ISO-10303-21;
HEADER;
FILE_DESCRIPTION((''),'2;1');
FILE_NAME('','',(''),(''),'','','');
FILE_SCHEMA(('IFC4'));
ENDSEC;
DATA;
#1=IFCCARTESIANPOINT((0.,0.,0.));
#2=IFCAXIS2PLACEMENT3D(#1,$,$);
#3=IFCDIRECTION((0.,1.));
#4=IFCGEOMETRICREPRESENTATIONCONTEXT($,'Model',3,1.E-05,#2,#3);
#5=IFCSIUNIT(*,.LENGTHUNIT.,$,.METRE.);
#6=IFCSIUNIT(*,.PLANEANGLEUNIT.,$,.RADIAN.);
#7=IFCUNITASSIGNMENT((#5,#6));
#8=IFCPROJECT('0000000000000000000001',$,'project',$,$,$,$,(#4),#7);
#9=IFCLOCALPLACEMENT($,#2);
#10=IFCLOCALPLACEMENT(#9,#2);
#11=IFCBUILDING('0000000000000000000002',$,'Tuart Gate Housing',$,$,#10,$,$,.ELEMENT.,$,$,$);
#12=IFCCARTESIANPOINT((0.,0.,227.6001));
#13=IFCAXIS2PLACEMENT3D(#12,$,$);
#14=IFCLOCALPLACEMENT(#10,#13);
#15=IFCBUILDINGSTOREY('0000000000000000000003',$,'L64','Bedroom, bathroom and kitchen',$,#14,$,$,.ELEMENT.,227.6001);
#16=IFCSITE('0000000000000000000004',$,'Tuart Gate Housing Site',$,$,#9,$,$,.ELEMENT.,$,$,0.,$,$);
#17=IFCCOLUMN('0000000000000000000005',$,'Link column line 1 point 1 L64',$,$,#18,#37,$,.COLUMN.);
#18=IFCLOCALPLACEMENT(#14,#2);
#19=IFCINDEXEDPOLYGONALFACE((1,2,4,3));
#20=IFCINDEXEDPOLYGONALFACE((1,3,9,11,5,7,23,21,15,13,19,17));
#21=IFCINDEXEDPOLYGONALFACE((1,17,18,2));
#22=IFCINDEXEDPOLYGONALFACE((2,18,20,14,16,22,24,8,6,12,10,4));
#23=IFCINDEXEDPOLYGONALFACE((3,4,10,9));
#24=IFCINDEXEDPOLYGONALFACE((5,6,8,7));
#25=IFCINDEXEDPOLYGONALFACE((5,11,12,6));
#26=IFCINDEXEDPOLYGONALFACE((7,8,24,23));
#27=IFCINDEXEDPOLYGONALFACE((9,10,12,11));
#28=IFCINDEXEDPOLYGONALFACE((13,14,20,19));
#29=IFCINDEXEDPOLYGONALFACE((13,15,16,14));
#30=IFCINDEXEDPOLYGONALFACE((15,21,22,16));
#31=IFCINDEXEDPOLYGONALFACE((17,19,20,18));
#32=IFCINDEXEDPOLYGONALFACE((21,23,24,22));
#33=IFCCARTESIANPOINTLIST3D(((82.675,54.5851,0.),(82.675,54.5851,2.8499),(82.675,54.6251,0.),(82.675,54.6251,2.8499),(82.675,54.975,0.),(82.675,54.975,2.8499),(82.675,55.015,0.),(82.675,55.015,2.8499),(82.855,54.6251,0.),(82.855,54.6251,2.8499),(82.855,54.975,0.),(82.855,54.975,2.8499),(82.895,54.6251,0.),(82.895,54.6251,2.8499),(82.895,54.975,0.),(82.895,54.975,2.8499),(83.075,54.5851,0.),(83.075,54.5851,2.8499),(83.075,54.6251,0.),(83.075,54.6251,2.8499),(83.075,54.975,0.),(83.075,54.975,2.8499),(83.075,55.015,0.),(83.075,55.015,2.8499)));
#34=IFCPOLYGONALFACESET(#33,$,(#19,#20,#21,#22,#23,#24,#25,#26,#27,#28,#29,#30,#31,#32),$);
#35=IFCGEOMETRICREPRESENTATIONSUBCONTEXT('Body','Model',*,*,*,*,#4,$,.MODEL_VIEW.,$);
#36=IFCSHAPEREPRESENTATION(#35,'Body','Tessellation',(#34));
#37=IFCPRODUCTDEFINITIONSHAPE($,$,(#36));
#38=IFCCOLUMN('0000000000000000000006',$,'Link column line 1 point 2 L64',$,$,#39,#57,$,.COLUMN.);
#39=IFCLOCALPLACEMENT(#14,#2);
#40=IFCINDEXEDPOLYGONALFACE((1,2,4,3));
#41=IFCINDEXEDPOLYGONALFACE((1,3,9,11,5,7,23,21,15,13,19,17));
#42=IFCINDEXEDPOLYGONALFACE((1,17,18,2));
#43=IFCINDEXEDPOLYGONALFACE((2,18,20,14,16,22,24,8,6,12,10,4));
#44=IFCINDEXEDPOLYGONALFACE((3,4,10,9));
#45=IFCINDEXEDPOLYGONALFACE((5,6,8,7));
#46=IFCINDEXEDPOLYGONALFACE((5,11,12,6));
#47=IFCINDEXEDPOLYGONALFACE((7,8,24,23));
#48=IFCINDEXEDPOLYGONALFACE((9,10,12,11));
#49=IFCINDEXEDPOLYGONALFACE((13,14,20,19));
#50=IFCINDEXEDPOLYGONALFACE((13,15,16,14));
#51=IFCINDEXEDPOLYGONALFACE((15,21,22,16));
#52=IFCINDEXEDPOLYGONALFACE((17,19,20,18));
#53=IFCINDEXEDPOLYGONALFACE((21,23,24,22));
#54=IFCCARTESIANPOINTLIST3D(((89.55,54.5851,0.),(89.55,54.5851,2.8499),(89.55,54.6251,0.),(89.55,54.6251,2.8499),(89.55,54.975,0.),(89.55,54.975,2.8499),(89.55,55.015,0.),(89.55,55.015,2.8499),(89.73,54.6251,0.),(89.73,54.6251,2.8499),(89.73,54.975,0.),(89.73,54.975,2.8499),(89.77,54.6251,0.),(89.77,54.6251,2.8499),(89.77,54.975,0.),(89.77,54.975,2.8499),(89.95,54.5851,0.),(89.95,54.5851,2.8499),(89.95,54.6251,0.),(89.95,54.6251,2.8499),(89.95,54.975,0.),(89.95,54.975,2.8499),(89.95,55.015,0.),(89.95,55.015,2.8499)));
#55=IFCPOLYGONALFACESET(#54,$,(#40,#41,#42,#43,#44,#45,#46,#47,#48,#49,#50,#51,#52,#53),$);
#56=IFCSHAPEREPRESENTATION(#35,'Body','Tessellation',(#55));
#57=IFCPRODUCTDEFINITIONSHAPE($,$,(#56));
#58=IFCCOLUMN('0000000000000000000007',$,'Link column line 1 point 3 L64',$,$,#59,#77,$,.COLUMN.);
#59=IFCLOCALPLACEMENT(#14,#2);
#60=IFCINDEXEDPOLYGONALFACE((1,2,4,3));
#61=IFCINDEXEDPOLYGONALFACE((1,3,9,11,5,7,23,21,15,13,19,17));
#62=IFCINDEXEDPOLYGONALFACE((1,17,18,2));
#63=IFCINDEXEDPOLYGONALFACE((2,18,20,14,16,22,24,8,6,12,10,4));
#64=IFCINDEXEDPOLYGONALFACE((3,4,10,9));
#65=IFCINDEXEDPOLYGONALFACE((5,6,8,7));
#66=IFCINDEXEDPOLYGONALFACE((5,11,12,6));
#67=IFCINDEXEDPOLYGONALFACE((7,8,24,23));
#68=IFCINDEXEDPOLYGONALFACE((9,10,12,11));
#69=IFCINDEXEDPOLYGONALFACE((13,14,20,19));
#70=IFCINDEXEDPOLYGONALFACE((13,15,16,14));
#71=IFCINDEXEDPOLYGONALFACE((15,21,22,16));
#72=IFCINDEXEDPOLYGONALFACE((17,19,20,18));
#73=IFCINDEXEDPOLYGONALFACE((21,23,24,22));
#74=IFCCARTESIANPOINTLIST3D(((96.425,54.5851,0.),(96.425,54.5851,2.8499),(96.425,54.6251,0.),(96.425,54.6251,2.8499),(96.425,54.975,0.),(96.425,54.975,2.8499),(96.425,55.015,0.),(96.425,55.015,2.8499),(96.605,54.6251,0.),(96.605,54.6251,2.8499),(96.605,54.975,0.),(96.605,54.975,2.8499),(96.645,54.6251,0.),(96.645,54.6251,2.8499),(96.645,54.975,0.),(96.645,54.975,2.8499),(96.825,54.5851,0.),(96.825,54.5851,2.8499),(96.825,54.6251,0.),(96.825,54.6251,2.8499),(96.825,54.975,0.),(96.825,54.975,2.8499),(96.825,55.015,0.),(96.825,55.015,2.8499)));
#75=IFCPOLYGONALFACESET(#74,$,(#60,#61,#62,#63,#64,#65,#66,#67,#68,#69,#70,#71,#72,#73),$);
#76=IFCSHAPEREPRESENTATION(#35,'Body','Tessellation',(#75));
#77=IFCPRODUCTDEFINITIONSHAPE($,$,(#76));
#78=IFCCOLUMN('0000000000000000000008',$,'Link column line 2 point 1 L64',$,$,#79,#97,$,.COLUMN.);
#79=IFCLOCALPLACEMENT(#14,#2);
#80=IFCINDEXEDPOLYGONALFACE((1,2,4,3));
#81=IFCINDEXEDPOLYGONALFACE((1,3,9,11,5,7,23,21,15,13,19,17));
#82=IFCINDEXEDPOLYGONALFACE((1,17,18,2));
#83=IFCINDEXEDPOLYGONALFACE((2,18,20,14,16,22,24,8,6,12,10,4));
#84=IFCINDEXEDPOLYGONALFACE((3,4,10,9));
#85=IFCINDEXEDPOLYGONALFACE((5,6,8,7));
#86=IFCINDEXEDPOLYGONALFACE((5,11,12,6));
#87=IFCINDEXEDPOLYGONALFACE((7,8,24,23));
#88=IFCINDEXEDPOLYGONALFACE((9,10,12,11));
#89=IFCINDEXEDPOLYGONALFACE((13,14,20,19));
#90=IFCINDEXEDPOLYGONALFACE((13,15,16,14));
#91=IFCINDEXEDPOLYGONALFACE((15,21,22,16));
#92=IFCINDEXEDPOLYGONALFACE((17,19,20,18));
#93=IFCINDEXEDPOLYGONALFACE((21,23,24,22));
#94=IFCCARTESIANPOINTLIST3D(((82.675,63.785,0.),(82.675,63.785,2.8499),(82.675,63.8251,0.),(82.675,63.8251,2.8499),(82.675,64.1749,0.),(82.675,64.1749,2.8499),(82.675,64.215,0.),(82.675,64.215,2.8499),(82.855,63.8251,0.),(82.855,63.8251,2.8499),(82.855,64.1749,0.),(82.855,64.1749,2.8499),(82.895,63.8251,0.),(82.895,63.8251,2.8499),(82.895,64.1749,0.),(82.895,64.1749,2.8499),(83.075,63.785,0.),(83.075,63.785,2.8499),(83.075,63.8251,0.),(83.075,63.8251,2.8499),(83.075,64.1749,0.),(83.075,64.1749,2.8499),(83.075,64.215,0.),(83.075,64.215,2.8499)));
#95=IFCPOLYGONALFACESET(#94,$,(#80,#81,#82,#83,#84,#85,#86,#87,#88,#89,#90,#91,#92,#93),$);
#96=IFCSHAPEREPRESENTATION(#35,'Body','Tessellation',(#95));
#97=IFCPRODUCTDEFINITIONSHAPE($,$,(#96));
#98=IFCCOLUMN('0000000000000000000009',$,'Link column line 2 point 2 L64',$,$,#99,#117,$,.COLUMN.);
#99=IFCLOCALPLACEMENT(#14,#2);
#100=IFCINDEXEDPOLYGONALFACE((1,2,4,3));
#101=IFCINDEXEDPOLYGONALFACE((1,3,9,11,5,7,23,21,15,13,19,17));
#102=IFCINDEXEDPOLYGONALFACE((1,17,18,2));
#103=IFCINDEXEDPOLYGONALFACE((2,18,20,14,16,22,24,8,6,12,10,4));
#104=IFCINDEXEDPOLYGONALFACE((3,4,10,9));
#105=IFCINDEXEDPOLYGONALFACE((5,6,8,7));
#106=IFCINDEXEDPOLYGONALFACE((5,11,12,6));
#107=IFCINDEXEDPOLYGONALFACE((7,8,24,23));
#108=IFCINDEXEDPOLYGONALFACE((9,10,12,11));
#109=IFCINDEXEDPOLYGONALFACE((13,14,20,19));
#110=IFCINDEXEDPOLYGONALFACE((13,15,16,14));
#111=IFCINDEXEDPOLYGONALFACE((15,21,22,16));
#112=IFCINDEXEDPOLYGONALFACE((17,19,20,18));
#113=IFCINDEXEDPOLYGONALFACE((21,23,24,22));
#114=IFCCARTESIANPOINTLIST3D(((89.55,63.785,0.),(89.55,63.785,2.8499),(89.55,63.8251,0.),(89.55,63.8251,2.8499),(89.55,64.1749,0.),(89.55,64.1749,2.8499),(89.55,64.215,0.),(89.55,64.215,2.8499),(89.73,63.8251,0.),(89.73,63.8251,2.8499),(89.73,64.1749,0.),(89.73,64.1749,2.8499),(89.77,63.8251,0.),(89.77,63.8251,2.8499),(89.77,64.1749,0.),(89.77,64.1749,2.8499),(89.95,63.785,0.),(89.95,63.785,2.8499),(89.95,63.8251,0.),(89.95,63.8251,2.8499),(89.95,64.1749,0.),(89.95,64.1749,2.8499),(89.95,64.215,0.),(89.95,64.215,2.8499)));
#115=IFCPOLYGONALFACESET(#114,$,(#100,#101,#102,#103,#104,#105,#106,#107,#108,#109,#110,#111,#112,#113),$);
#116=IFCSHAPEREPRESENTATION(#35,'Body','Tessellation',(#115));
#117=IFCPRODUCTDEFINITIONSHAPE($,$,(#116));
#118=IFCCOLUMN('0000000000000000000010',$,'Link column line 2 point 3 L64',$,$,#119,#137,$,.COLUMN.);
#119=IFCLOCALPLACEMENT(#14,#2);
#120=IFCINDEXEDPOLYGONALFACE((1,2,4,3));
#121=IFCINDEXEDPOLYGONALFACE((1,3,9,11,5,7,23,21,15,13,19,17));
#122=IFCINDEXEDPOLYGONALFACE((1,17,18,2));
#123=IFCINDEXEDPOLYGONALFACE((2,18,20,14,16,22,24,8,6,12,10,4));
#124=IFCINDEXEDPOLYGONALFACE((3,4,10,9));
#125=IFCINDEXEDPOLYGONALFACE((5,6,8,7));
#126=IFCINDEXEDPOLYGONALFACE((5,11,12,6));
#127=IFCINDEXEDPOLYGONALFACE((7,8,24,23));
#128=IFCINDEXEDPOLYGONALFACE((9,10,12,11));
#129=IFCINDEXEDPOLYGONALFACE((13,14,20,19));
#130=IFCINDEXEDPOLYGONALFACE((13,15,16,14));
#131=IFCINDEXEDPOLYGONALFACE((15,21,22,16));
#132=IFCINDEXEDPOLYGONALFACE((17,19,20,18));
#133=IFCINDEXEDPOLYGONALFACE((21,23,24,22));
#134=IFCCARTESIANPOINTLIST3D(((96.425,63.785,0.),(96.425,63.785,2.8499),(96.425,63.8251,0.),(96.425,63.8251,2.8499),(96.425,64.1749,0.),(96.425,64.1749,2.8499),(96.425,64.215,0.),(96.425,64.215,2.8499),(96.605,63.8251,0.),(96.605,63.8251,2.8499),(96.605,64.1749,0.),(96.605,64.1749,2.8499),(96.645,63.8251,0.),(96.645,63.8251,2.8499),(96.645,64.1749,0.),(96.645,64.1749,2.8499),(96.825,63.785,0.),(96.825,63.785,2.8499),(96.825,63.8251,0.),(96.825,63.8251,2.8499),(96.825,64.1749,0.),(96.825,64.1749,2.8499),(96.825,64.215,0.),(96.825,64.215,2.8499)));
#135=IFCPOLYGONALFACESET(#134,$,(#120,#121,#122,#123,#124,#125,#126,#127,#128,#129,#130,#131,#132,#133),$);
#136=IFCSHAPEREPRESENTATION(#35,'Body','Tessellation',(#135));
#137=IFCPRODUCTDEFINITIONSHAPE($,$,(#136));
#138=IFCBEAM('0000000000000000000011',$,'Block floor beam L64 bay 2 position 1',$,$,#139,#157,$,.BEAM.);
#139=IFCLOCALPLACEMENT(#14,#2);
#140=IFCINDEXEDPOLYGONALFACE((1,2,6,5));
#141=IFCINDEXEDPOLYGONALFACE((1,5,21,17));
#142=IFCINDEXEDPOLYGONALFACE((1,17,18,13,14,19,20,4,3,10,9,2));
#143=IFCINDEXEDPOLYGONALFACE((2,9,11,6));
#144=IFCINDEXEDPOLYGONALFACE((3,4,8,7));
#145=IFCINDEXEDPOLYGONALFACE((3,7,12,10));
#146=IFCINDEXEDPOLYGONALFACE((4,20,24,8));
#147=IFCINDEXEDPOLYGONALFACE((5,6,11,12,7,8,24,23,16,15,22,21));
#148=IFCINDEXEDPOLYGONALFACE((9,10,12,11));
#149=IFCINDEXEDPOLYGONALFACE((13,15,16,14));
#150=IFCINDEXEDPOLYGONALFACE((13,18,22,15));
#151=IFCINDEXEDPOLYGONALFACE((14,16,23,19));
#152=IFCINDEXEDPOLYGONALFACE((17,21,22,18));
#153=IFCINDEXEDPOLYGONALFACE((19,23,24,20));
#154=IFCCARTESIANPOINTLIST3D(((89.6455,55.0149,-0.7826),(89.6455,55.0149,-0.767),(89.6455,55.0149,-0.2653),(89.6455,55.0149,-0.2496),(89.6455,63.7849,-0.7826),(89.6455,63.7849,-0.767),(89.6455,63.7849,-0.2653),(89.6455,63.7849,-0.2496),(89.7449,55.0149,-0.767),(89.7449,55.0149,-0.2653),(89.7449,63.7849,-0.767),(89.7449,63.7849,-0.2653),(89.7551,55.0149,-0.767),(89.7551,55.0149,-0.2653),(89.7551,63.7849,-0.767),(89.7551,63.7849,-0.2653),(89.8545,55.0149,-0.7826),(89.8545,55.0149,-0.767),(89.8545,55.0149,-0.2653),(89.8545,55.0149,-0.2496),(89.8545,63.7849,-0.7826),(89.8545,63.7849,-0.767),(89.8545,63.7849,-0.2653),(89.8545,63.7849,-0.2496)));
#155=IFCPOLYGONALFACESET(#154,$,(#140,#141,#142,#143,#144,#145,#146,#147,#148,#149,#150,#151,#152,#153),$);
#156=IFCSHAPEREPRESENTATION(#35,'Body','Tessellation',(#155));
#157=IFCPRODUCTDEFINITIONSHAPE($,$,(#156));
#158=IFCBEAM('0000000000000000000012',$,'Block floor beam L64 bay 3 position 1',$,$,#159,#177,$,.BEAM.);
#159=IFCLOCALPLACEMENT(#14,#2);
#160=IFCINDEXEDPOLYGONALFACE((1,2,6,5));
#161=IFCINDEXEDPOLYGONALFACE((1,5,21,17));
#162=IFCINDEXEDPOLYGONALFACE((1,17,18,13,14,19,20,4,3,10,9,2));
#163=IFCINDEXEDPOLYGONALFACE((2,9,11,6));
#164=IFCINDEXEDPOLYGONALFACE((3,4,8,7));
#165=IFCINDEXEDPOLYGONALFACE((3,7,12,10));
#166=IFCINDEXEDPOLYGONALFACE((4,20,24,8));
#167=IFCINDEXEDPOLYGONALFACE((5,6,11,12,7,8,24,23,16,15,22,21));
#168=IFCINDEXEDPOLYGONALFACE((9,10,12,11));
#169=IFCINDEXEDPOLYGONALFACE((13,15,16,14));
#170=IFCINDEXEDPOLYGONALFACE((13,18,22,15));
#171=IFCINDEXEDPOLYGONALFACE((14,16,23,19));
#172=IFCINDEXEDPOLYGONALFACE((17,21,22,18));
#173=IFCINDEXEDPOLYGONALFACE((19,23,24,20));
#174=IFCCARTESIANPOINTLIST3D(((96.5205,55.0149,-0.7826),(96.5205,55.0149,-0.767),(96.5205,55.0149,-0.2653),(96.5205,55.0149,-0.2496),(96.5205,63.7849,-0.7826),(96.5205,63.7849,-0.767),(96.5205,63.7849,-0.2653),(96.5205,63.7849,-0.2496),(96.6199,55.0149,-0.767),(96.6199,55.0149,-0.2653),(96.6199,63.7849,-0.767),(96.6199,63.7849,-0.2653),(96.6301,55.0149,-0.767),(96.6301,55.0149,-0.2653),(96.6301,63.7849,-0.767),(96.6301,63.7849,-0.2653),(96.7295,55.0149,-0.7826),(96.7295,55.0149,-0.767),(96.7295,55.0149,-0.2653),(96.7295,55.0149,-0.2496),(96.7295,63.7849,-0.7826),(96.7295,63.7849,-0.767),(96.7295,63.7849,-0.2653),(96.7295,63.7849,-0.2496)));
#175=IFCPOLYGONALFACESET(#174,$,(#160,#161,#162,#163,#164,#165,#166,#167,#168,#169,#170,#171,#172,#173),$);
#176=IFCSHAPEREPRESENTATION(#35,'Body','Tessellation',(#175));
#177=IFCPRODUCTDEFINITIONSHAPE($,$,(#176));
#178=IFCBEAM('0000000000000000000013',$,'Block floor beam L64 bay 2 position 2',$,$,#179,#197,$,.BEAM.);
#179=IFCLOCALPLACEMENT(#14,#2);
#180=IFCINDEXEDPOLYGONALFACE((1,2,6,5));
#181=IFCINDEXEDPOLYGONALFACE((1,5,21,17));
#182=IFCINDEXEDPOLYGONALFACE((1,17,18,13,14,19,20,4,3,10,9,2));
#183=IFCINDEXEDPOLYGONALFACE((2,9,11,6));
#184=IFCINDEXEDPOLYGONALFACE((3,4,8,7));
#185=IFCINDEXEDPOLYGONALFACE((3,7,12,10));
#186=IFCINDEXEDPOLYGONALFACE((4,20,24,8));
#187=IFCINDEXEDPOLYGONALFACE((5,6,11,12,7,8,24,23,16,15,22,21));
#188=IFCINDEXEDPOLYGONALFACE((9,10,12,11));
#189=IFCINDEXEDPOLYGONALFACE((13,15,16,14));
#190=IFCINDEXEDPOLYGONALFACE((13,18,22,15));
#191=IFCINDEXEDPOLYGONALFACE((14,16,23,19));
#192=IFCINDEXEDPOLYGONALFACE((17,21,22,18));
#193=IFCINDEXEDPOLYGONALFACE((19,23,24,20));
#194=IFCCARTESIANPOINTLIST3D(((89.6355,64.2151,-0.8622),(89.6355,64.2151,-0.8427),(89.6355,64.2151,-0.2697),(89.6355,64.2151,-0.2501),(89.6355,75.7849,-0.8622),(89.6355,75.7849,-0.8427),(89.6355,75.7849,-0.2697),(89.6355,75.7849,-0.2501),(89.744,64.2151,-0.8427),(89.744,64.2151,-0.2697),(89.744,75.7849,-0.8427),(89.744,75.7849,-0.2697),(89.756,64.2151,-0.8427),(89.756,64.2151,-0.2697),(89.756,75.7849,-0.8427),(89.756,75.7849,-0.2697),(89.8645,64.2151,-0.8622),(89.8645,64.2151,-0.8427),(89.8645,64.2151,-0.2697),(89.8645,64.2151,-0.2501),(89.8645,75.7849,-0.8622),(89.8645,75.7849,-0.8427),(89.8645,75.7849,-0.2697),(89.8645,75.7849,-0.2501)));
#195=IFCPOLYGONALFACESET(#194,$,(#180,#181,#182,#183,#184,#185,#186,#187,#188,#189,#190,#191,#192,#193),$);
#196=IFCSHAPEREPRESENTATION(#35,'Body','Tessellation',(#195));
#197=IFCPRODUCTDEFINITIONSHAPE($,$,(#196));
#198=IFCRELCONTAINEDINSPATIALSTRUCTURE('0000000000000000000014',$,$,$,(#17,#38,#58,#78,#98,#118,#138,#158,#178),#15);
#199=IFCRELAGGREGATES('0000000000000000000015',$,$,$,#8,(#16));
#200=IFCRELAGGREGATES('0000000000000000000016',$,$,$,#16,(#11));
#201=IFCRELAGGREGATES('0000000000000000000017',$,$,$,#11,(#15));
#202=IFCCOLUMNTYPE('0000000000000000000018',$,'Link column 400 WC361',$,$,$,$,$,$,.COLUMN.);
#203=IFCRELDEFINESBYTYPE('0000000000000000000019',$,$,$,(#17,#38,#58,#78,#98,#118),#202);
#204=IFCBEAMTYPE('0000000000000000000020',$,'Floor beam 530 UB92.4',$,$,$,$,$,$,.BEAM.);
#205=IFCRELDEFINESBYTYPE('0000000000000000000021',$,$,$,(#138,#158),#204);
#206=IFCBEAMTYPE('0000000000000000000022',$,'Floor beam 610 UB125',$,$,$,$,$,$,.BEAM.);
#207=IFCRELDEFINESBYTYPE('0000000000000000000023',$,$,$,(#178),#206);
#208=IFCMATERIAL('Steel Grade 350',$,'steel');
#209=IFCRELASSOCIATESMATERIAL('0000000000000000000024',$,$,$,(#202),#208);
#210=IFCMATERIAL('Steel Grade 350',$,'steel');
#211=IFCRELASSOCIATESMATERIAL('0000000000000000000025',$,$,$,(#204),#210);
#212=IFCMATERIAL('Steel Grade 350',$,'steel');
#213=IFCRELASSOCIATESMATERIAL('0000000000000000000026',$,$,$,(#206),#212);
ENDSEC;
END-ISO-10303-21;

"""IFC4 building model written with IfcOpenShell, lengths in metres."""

from ifc_helpers import new_model, si_unit, direction, frame, origin, origin_2d, place, context, subcontext, project, spatial, i_section, extrude, material, material_profile, profile_set, type_object, element, save


model = new_model("IFC4")

# Units and contexts
model_context = context("Model", 3, precision=1e-05, world=origin(), true_north=direction((0.0, 1.0)))
body_context = subcontext(model_context, "Body", "Model", "MODEL_VIEW")
ifc_project = project(units=[si_unit("LENGTHUNIT", "METRE"), si_unit("PLANEANGLEUNIT", "RADIAN")], contexts=[model_context])

# Site, building, storey
site_placement = place(None, origin())
site = spatial("IfcSite", under=ifc_project, at=site_placement, Name="Tuart Gate Housing Site", CompositionType="ELEMENT", RefElevation=0.0)
building_placement = place(site_placement, origin())
building = spatial("IfcBuilding", under=site, at=building_placement, Name="Tuart Gate Housing", CompositionType="ELEMENT")
storey_placement = place(building_placement, frame((0.0, 0.0, 227.6001)))
storey = spatial("IfcBuildingStorey", under=building, at=storey_placement, Name="L64", Description="Bedroom, bathroom and kitchen", CompositionType="ELEMENT", Elevation=227.6001)

# Columns
ifc_material_1 = material(Name="Steel Grade 350", Category="steel")
ifc_material_profile_1 = material_profile(ifc_material_1, i_section(OverallWidth=0.3999, OverallDepth=0.4299, WebThickness=0.04, FlangeThickness=0.04, at=origin_2d()), Name="400WC361")
ifc_profile_set_1 = profile_set([ifc_material_profile_1], Name="Steel Grade 350")
column_type = type_object("IfcColumnType", Name="Link column 400 WC361", PredefinedType="COLUMN", material=ifc_profile_set_1)
for number, where, z_axis, x_axis, name in (
    (1, (82.875, 54.8, 0.0), (0.0, 0.0, 1.0), (1.0, 0.0, 0.0), "Link column line 1 point 1 L64"),
    (2, (89.75, 54.8, 0.0), (0.0, 0.0, 1.0), (1.0, 0.0, 0.0), "Link column line 1 point 2 L64"),
    (3, (96.625, 54.8, 0.0), (0.0, 0.0, 1.0), (1.0, 0.0, 0.0), "Link column line 1 point 3 L64"),
    (4, (82.875, 64.0, 0.0), (0.0, 0.0, 1.0), (1.0, 0.0, 0.0), "Link column line 2 point 1 L64"),
    (5, (89.75, 64.0, 0.0), (0.0, 0.0, 1.0), (1.0, 0.0, 0.0), "Link column line 2 point 2 L64"),
    (6, (96.625, 64.0, 0.0), (0.0, 0.0, 1.0), (1.0, 0.0, 0.0), "Link column line 2 point 3 L64"),
):
    element("IfcColumn", number, at=place(storey_placement, frame(where, z_axis=z_axis, x_axis=x_axis)), inside=storey, type_object=column_type, Name=name, PredefinedType="COLUMN", context=body_context, shape_type="SweptSolid", body=[
        extrude(i_section(OverallWidth=0.3999, OverallDepth=0.4299, WebThickness=0.04, FlangeThickness=0.04, at=origin_2d()), origin(), (0.0, 0.0, 1.0), 2.8499),
    ])

# Beams
ifc_material_2 = material(Name="Steel Grade 350", Category="steel")
ifc_material_profile_2 = material_profile(ifc_material_2, i_section(OverallWidth=0.209, OverallDepth=0.533, WebThickness=0.0103, FlangeThickness=0.0156, at=origin_2d()), Name="530UB92.4")
ifc_profile_set_2 = profile_set([ifc_material_profile_2], Name="Steel Grade 350")
beam_type_1 = type_object("IfcBeamType", Name="Floor beam 530 UB92.4", PredefinedType="BEAM", material=ifc_profile_set_2)
for number, where, z_axis, x_axis, name in (
    (7, (89.75, 55.0149, -0.5161), (0.0, 1.0, 0.0), (-1.0, 0.0, 0.0), "Block floor beam L64 bay 2 position 1"),
    (8, (96.625, 55.0149, -0.5161), (0.0, 1.0, 0.0), (-1.0, 0.0, 0.0), "Block floor beam L64 bay 3 position 1"),
):
    element("IfcBeam", number, at=place(storey_placement, frame(where, z_axis=z_axis, x_axis=x_axis)), inside=storey, type_object=beam_type_1, Name=name, PredefinedType="BEAM", context=body_context, shape_type="SweptSolid", body=[
        extrude(i_section(OverallWidth=0.209, OverallDepth=0.533, WebThickness=0.0103, FlangeThickness=0.0156, at=origin_2d()), origin(), (0.0, 0.0, 1.0), 8.77),
    ])
ifc_material_3 = material(Name="Steel Grade 350", Category="steel")
ifc_material_profile_3 = material_profile(ifc_material_3, i_section(OverallWidth=0.229, OverallDepth=0.6121, WebThickness=0.012, FlangeThickness=0.0195, at=origin_2d()), Name="610UB125")
ifc_profile_set_3 = profile_set([ifc_material_profile_3], Name="Steel Grade 350")
beam_type_2 = type_object("IfcBeamType", Name="Floor beam 610 UB125", PredefinedType="BEAM", material=ifc_profile_set_3)
for number, where, z_axis, x_axis, name in (
    (9, (89.75, 64.2151, -0.5562), (0.0, 1.0, 0.0), (-1.0, 0.0, 0.0), "Block floor beam L64 bay 2 position 2"),
):
    element("IfcBeam", number, at=place(storey_placement, frame(where, z_axis=z_axis, x_axis=x_axis)), inside=storey, type_object=beam_type_2, Name=name, PredefinedType="BEAM", context=body_context, shape_type="SweptSolid", body=[
        extrude(i_section(OverallWidth=0.229, OverallDepth=0.6121, WebThickness=0.012, FlangeThickness=0.0195, at=origin_2d()), origin(), (0.0, 0.0, 1.0), 11.5698),
    ])

save(model, "model.ifc")
